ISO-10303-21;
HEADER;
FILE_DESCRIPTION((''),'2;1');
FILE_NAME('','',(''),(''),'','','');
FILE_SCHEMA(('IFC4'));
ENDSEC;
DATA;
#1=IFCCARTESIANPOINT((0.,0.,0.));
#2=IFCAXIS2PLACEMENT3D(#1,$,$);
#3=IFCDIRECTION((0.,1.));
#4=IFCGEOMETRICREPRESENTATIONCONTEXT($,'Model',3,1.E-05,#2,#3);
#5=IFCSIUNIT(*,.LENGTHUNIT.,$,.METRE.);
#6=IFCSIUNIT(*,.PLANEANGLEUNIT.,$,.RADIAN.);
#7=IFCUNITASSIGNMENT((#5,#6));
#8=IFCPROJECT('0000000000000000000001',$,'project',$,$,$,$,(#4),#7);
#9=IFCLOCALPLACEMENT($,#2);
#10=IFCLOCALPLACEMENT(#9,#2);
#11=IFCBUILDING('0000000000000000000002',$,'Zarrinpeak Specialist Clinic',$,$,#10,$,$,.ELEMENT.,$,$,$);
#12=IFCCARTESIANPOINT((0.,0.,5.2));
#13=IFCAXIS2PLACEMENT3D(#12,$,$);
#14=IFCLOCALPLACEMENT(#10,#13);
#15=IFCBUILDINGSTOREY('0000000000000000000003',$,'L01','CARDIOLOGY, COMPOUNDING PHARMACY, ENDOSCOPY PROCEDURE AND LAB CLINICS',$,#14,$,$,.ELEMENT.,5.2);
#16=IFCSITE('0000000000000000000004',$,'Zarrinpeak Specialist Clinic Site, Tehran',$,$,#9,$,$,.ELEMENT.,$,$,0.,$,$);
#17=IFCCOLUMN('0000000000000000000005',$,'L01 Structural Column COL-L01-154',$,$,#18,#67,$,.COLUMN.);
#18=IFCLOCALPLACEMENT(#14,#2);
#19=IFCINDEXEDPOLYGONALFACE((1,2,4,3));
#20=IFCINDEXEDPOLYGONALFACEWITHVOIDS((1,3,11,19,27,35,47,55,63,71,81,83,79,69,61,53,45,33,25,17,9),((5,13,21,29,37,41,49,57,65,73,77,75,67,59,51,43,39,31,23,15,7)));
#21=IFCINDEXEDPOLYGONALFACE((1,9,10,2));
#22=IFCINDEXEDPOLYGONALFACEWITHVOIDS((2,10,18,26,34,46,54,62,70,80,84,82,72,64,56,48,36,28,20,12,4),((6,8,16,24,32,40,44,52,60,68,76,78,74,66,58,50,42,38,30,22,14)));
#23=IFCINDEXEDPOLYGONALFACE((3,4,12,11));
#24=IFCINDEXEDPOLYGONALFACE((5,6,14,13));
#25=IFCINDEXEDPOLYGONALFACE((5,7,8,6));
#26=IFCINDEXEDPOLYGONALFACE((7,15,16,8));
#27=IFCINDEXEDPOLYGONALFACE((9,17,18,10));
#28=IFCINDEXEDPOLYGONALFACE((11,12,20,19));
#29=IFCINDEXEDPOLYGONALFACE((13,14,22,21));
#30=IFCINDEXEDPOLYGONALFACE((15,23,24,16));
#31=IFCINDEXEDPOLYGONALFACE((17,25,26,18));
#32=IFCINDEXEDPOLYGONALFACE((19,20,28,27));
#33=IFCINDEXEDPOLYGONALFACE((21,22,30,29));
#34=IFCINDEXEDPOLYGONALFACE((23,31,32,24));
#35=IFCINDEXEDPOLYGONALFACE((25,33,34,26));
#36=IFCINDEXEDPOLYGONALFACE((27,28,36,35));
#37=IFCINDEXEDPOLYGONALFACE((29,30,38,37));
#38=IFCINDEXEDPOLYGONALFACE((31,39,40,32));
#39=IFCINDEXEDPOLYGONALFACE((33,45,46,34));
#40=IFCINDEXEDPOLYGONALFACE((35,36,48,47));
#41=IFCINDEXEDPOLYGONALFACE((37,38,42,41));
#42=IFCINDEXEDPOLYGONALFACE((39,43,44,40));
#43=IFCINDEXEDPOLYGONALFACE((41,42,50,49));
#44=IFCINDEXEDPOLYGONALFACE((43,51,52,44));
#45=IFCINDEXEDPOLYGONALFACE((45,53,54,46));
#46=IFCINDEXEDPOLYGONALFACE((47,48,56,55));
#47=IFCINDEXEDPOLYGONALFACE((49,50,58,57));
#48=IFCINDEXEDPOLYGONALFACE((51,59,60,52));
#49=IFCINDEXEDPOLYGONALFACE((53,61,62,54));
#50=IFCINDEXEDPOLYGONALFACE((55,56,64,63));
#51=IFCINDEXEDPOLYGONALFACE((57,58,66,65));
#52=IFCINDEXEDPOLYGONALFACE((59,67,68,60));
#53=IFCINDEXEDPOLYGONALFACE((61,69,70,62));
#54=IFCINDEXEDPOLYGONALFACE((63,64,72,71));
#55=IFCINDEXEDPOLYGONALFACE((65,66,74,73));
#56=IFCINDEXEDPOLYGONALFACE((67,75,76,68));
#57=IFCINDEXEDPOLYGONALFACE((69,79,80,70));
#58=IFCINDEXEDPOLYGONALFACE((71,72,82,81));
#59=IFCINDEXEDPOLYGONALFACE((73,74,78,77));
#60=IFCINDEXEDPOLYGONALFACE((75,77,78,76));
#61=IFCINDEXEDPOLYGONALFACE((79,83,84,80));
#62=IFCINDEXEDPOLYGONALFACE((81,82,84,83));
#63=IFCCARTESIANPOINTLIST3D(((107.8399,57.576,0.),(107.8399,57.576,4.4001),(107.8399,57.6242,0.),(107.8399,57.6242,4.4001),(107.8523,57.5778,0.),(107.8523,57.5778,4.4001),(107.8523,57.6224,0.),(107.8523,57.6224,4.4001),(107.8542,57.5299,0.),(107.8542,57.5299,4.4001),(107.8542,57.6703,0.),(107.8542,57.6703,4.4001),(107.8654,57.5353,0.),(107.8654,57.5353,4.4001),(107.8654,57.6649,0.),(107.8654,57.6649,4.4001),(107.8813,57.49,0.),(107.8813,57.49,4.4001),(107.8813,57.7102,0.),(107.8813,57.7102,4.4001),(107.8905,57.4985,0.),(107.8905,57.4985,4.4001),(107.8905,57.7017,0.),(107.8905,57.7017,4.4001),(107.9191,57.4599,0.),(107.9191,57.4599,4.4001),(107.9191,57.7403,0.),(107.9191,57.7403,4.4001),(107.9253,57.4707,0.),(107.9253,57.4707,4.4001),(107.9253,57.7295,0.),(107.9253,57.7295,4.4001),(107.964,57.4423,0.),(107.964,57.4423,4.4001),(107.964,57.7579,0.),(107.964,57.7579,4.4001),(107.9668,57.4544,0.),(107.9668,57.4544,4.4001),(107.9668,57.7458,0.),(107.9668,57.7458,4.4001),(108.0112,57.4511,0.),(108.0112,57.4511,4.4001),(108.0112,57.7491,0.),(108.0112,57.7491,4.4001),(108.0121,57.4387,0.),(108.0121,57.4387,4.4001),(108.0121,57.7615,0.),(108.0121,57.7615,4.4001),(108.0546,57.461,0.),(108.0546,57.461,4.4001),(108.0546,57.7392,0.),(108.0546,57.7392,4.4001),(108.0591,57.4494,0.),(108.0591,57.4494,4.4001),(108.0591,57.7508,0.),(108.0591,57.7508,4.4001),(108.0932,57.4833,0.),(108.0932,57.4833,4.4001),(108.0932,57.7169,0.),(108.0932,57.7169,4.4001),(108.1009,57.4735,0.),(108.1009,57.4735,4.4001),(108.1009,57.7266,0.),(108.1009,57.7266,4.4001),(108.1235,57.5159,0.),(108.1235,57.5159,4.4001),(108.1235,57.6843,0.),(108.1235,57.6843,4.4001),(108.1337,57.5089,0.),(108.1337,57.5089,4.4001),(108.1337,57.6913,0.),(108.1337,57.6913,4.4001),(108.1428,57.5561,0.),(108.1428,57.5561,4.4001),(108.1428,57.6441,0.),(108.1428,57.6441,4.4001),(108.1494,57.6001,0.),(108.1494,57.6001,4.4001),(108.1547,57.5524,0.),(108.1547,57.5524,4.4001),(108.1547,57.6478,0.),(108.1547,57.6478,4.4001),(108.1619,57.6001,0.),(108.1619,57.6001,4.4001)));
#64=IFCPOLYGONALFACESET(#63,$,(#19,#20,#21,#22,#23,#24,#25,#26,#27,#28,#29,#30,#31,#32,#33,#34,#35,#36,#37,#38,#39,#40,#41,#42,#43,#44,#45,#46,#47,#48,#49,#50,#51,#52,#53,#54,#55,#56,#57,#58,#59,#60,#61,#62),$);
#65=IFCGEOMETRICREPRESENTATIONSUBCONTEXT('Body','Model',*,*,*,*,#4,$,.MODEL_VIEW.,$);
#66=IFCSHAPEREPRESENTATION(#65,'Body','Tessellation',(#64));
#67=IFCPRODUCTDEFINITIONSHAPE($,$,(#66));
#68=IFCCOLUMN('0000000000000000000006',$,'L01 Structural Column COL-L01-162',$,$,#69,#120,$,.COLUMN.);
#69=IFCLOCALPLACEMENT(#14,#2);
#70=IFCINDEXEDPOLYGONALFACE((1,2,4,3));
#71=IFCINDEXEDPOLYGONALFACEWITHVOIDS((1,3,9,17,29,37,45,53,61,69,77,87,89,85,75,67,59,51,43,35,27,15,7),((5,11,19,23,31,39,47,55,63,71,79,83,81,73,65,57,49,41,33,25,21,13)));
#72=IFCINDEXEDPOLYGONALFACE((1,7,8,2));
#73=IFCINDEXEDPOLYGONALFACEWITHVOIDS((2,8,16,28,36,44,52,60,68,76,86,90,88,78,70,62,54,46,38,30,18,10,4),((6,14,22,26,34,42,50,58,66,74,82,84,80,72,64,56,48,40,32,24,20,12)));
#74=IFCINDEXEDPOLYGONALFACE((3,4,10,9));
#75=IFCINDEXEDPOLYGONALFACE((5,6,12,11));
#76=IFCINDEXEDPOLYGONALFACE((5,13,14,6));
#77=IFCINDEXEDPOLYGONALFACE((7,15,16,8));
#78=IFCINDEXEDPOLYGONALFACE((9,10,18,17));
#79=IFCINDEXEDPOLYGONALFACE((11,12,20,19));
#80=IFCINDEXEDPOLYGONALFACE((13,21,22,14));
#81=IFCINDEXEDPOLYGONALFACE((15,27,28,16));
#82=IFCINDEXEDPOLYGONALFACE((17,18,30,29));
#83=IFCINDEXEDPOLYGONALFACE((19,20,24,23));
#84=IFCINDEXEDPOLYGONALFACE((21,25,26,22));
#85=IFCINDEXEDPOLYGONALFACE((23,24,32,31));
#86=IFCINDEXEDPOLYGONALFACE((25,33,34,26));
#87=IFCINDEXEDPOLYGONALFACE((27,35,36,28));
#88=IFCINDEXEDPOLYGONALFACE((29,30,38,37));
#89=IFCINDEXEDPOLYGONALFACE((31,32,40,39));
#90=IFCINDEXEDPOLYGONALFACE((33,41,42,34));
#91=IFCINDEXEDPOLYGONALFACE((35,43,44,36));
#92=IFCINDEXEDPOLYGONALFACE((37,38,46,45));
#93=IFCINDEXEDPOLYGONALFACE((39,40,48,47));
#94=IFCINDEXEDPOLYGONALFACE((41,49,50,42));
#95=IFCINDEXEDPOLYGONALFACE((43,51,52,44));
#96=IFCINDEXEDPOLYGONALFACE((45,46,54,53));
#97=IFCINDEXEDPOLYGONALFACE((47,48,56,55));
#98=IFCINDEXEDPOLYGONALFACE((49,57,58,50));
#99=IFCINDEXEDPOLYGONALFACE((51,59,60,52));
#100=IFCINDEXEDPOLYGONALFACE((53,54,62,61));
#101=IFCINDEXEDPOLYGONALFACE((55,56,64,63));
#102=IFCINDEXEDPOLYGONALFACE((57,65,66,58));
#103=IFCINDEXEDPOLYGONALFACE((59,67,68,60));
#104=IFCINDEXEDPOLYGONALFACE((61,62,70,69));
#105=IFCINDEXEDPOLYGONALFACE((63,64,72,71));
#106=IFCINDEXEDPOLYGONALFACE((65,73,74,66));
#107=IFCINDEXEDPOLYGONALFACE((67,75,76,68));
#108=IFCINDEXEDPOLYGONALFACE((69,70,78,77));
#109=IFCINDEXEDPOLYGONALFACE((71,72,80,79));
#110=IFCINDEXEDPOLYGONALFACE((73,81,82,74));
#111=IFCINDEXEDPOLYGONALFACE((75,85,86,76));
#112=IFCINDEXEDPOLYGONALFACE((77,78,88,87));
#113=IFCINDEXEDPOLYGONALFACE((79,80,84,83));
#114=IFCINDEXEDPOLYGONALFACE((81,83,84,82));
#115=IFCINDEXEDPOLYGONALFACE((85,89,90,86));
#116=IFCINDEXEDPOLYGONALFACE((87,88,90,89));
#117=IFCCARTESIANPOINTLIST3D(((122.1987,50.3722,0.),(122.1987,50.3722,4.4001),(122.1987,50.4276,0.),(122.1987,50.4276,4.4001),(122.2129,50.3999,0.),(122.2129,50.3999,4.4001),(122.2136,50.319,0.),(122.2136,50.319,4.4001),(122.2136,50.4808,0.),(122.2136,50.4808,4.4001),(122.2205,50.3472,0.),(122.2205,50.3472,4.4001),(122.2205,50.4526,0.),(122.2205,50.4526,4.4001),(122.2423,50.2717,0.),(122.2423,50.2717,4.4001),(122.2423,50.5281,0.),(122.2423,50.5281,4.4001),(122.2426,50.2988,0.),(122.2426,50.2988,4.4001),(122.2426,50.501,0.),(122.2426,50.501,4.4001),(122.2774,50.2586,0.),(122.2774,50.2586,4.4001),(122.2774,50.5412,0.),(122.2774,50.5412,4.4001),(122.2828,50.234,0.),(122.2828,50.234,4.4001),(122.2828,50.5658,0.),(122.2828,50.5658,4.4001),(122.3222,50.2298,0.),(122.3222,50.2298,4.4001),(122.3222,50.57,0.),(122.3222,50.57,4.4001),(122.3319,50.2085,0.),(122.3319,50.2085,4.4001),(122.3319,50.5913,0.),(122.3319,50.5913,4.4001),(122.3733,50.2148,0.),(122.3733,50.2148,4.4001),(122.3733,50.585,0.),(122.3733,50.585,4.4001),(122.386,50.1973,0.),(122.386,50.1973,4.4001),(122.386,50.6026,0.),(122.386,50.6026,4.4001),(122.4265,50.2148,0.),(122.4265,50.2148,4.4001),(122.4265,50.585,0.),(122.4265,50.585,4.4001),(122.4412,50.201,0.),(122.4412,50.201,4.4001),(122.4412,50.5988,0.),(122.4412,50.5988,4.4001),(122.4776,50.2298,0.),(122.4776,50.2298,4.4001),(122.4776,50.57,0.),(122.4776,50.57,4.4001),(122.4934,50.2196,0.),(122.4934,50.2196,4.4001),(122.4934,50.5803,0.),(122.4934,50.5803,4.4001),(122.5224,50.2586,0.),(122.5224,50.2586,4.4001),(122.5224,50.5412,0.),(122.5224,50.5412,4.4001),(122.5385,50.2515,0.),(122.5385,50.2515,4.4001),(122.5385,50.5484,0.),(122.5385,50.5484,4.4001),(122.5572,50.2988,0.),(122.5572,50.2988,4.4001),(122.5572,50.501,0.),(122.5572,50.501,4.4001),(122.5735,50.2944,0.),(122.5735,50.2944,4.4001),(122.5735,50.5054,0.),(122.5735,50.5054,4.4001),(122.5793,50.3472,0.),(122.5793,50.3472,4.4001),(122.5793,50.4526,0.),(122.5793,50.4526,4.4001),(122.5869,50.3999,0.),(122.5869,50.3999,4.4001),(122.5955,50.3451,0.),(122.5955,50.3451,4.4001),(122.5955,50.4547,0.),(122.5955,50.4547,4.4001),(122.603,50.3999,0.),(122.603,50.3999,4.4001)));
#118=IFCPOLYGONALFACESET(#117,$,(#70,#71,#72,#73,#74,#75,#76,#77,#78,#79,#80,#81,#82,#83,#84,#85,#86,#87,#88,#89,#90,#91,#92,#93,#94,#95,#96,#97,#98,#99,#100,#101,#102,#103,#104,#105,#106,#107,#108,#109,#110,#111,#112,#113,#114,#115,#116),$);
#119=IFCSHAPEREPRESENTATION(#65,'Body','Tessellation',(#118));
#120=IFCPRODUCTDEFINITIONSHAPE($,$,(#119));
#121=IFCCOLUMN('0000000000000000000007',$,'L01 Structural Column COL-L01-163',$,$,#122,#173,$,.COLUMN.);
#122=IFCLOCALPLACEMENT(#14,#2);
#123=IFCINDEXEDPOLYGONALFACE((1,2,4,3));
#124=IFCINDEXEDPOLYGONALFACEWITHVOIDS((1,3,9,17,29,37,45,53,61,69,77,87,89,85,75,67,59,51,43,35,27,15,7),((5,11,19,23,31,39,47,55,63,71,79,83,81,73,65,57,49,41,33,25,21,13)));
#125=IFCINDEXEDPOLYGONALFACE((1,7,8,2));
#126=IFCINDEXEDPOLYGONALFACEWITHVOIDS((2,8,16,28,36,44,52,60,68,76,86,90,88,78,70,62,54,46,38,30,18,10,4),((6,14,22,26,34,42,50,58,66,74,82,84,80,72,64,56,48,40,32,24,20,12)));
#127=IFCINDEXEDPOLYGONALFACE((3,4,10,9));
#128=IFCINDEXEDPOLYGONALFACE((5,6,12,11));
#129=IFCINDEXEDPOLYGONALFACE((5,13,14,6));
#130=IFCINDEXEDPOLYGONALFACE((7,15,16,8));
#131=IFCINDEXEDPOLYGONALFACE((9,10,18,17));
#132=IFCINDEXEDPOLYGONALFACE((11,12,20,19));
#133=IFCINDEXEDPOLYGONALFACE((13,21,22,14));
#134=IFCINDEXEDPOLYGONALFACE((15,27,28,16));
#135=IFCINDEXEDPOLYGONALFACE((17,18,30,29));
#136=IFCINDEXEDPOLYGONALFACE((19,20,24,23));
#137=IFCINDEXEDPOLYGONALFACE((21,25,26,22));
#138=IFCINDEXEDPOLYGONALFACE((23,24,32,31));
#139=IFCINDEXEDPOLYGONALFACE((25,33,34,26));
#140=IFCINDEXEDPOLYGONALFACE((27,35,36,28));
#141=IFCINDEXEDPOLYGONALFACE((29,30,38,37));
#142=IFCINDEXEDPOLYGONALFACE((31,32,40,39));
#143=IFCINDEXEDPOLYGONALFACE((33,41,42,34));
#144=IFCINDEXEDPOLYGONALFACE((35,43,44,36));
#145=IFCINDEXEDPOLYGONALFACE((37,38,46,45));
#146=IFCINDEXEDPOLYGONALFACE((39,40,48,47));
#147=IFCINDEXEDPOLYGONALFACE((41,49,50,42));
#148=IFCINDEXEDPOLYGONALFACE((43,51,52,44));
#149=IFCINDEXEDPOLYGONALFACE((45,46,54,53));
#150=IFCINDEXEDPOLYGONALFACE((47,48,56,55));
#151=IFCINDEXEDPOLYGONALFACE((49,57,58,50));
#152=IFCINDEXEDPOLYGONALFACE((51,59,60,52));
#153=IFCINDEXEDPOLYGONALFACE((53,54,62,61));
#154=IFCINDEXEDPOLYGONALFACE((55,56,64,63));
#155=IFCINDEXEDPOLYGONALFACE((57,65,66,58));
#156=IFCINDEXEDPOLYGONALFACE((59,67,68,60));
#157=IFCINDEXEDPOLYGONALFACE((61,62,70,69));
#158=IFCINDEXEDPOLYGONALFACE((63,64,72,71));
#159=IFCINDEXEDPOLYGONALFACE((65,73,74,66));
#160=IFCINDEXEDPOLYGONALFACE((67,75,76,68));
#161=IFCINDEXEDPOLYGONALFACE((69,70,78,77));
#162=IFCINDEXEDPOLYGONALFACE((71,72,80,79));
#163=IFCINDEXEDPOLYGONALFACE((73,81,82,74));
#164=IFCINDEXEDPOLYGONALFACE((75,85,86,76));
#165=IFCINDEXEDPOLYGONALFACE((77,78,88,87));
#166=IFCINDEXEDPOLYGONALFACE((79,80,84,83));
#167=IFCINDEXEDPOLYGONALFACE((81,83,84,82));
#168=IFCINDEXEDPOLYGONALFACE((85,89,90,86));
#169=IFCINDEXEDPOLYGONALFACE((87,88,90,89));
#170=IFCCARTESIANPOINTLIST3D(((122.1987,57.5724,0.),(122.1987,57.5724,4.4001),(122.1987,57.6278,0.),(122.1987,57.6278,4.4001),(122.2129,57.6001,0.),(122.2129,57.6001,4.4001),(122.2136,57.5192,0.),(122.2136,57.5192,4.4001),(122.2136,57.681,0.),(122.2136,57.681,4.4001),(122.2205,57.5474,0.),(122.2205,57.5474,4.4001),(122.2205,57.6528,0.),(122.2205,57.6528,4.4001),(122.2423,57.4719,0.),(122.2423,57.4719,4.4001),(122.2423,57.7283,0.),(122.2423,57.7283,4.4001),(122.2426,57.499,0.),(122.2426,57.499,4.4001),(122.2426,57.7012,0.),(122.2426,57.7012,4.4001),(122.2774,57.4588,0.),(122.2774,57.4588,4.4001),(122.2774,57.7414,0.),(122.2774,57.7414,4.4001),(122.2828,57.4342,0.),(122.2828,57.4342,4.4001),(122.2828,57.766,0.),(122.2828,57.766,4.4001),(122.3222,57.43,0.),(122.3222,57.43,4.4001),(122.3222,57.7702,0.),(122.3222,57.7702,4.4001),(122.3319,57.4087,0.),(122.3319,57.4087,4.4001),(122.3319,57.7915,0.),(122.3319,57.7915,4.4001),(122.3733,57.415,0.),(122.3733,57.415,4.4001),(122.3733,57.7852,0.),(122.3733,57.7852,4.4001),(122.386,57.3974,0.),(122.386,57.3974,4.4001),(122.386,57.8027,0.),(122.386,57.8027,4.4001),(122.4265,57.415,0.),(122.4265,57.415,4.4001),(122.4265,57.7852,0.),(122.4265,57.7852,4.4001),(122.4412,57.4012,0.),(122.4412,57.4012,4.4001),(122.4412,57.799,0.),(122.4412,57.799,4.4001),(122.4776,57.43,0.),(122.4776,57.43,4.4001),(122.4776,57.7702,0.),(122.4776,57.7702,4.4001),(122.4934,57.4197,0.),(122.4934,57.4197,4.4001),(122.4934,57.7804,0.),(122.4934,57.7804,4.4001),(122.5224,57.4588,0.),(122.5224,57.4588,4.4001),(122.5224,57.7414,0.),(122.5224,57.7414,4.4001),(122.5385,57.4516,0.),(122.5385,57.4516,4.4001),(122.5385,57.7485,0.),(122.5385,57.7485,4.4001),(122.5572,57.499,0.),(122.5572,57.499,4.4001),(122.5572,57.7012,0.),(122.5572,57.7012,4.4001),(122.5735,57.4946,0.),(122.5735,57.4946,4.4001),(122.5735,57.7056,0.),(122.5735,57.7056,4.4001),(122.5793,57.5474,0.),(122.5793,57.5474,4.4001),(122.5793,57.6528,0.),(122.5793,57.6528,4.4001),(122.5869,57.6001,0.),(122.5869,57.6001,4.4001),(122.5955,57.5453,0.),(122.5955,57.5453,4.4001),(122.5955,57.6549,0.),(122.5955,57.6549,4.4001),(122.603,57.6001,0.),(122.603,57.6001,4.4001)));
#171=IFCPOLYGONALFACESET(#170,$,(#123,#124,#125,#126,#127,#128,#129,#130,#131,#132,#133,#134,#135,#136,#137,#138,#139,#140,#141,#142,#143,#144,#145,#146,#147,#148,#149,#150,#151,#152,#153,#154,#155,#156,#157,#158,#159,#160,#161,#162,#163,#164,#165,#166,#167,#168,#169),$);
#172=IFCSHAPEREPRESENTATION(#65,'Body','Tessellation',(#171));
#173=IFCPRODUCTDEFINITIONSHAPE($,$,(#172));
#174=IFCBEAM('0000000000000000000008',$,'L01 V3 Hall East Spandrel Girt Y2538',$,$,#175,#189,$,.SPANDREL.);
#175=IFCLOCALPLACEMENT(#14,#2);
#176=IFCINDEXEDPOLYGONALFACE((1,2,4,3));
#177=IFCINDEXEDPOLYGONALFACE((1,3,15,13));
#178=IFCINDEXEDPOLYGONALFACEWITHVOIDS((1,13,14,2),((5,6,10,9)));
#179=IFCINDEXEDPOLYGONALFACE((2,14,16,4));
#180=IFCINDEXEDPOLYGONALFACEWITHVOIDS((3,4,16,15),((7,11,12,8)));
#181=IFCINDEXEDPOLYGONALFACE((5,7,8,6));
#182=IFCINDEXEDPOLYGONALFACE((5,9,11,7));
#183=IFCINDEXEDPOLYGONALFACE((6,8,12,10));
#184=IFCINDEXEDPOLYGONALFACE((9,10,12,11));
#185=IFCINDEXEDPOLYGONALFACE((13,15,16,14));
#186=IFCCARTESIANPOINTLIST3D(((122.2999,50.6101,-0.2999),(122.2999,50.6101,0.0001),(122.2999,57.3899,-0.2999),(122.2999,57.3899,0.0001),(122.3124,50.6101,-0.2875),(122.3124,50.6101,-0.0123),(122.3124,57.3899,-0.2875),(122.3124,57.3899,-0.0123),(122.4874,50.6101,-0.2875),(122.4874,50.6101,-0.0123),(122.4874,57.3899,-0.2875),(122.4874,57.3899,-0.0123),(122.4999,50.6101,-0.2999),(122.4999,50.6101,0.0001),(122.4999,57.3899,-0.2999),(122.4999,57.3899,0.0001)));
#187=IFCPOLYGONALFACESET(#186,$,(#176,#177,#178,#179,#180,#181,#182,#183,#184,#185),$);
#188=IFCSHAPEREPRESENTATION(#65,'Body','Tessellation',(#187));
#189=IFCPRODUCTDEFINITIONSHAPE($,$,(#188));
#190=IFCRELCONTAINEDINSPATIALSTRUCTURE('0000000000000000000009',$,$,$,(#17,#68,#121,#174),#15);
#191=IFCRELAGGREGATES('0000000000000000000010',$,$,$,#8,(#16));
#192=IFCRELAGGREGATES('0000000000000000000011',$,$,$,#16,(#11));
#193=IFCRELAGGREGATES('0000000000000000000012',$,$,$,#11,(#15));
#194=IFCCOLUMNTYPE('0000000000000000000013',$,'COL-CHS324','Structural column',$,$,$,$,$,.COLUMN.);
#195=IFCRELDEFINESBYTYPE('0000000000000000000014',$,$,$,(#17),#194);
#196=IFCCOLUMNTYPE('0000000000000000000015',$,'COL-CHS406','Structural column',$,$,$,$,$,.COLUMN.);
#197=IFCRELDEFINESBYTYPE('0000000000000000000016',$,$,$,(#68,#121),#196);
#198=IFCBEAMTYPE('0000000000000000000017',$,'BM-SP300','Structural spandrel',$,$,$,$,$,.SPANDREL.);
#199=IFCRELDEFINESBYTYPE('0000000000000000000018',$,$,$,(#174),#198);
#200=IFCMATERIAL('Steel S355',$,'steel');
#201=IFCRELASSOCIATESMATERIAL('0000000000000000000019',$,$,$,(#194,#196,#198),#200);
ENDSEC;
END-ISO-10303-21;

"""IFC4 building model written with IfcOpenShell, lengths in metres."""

from ifc_helpers import new_model, si_unit, direction, frame, origin, origin_2d, place, context, subcontext, project, spatial, hollow_rectangle, hollow_circle, extrude, material, material_profile, profile_set, type_object, element, save


model = new_model("IFC4")

# Units and contexts
model_context = context("Model", 3, precision=1e-05, world=origin(), true_north=direction((0.0, 1.0)))
body_context = subcontext(model_context, "Body", "Model", "MODEL_VIEW")
ifc_project = project(units=[si_unit("LENGTHUNIT", "METRE"), si_unit("PLANEANGLEUNIT", "RADIAN")], contexts=[model_context])

# Site, building, storey
site_placement = place(None, origin())
site = spatial("IfcSite", under=ifc_project, at=site_placement, Name="Zarrinpeak Specialist Clinic Site, Tehran", CompositionType="ELEMENT", RefElevation=0.0)
building_placement = place(site_placement, origin())
building = spatial("IfcBuilding", under=site, at=building_placement, Name="Zarrinpeak Specialist Clinic", CompositionType="ELEMENT")
storey_placement = place(building_placement, frame((0.0, 0.0, 5.2)))
storey = spatial("IfcBuildingStorey", under=building, at=storey_placement, Name="L01", Description="CARDIOLOGY, COMPOUNDING PHARMACY, ENDOSCOPY PROCEDURE AND LAB CLINICS", CompositionType="ELEMENT", Elevation=5.2)

# Columns
ifc_material_1 = material(Name="Steel S355", Category="steel")
ifc_material_profile_1 = material_profile(ifc_material_1, hollow_circle(Radius=0.1619, WallThickness=0.0125, at=origin_2d()), Name="CHS 323.9x12.5")
ifc_profile_set_1 = profile_set([ifc_material_profile_1], Name="Steel S355")
column_type_1 = type_object("IfcColumnType", Name="COL-CHS324", Description="Structural column", PredefinedType="COLUMN", material=ifc_profile_set_1)
column_placement = place(storey_placement, frame((108.0, 57.6001, 0.0), z_axis=(0.0, 0.0, 1.0), x_axis=(1.0, 0.0, 0.0)))
element("IfcColumn", 1, at=column_placement, inside=storey, type_object=column_type_1, Name="L01 Structural Column COL-L01-154", PredefinedType="COLUMN", context=body_context, shape_type="SweptSolid", body=[
    extrude(hollow_circle(Radius=0.1619, WallThickness=0.0125, at=origin_2d()), origin(), (0.0, 0.0, 1.0), 4.4001),
])
ifc_material_profile_2 = material_profile(ifc_material_1, hollow_circle(Radius=0.2031, WallThickness=0.0161, at=origin_2d()), Name="CHS 406.4x16.0")
ifc_profile_set_2 = profile_set([ifc_material_profile_2], Name="Steel S355")
column_type_2 = type_object("IfcColumnType", Name="COL-CHS406", Description="Structural column", PredefinedType="COLUMN", material=ifc_profile_set_2)
for number, where, z_axis, x_axis, name in (
    (2, (122.3999, 50.3999, 0.0), (0.0, 0.0, 1.0), (1.0, 0.0, 0.0), "L01 Structural Column COL-L01-162"),
    (3, (122.3999, 57.6001, 0.0), (0.0, 0.0, 1.0), (1.0, 0.0, 0.0), "L01 Structural Column COL-L01-163"),
):
    element("IfcColumn", number, at=place(storey_placement, frame(where, z_axis=z_axis, x_axis=x_axis)), inside=storey, type_object=column_type_2, Name=name, PredefinedType="COLUMN", context=body_context, shape_type="SweptSolid", body=[
        extrude(hollow_circle(Radius=0.2031, WallThickness=0.0161, at=origin_2d()), origin(), (0.0, 0.0, 1.0), 4.4001),
    ])

# Beam
ifc_material_profile_3 = material_profile(ifc_material_1, hollow_rectangle(XDim=0.2, YDim=0.3, WallThickness=0.0125, at=origin_2d()), Name="RHS 300x200x12.5")
ifc_profile_set_3 = profile_set([ifc_material_profile_3], Name="Steel S355")
beam_type_1 = type_object("IfcBeamType", Name="BM-SP300", Description="Structural spandrel", PredefinedType="SPANDREL", material=ifc_profile_set_3)
beam_1_placement = place(storey_placement, frame((122.3999, 50.6101, -0.1499), z_axis=(0.0, 1.0, 0.0), x_axis=(-1.0, 0.0, 0.0)))
element("IfcBeam", 4, at=beam_1_placement, inside=storey, type_object=beam_type_1, Name="L01 V3 Hall East Spandrel Girt Y2538", PredefinedType="SPANDREL", context=body_context, shape_type="SweptSolid", body=[
    extrude(hollow_rectangle(XDim=0.2, YDim=0.3, WallThickness=0.0125, at=origin_2d()), origin(), (0.0, 0.0, 1.0), 6.7798),
])

save(model, "model.ifc")
